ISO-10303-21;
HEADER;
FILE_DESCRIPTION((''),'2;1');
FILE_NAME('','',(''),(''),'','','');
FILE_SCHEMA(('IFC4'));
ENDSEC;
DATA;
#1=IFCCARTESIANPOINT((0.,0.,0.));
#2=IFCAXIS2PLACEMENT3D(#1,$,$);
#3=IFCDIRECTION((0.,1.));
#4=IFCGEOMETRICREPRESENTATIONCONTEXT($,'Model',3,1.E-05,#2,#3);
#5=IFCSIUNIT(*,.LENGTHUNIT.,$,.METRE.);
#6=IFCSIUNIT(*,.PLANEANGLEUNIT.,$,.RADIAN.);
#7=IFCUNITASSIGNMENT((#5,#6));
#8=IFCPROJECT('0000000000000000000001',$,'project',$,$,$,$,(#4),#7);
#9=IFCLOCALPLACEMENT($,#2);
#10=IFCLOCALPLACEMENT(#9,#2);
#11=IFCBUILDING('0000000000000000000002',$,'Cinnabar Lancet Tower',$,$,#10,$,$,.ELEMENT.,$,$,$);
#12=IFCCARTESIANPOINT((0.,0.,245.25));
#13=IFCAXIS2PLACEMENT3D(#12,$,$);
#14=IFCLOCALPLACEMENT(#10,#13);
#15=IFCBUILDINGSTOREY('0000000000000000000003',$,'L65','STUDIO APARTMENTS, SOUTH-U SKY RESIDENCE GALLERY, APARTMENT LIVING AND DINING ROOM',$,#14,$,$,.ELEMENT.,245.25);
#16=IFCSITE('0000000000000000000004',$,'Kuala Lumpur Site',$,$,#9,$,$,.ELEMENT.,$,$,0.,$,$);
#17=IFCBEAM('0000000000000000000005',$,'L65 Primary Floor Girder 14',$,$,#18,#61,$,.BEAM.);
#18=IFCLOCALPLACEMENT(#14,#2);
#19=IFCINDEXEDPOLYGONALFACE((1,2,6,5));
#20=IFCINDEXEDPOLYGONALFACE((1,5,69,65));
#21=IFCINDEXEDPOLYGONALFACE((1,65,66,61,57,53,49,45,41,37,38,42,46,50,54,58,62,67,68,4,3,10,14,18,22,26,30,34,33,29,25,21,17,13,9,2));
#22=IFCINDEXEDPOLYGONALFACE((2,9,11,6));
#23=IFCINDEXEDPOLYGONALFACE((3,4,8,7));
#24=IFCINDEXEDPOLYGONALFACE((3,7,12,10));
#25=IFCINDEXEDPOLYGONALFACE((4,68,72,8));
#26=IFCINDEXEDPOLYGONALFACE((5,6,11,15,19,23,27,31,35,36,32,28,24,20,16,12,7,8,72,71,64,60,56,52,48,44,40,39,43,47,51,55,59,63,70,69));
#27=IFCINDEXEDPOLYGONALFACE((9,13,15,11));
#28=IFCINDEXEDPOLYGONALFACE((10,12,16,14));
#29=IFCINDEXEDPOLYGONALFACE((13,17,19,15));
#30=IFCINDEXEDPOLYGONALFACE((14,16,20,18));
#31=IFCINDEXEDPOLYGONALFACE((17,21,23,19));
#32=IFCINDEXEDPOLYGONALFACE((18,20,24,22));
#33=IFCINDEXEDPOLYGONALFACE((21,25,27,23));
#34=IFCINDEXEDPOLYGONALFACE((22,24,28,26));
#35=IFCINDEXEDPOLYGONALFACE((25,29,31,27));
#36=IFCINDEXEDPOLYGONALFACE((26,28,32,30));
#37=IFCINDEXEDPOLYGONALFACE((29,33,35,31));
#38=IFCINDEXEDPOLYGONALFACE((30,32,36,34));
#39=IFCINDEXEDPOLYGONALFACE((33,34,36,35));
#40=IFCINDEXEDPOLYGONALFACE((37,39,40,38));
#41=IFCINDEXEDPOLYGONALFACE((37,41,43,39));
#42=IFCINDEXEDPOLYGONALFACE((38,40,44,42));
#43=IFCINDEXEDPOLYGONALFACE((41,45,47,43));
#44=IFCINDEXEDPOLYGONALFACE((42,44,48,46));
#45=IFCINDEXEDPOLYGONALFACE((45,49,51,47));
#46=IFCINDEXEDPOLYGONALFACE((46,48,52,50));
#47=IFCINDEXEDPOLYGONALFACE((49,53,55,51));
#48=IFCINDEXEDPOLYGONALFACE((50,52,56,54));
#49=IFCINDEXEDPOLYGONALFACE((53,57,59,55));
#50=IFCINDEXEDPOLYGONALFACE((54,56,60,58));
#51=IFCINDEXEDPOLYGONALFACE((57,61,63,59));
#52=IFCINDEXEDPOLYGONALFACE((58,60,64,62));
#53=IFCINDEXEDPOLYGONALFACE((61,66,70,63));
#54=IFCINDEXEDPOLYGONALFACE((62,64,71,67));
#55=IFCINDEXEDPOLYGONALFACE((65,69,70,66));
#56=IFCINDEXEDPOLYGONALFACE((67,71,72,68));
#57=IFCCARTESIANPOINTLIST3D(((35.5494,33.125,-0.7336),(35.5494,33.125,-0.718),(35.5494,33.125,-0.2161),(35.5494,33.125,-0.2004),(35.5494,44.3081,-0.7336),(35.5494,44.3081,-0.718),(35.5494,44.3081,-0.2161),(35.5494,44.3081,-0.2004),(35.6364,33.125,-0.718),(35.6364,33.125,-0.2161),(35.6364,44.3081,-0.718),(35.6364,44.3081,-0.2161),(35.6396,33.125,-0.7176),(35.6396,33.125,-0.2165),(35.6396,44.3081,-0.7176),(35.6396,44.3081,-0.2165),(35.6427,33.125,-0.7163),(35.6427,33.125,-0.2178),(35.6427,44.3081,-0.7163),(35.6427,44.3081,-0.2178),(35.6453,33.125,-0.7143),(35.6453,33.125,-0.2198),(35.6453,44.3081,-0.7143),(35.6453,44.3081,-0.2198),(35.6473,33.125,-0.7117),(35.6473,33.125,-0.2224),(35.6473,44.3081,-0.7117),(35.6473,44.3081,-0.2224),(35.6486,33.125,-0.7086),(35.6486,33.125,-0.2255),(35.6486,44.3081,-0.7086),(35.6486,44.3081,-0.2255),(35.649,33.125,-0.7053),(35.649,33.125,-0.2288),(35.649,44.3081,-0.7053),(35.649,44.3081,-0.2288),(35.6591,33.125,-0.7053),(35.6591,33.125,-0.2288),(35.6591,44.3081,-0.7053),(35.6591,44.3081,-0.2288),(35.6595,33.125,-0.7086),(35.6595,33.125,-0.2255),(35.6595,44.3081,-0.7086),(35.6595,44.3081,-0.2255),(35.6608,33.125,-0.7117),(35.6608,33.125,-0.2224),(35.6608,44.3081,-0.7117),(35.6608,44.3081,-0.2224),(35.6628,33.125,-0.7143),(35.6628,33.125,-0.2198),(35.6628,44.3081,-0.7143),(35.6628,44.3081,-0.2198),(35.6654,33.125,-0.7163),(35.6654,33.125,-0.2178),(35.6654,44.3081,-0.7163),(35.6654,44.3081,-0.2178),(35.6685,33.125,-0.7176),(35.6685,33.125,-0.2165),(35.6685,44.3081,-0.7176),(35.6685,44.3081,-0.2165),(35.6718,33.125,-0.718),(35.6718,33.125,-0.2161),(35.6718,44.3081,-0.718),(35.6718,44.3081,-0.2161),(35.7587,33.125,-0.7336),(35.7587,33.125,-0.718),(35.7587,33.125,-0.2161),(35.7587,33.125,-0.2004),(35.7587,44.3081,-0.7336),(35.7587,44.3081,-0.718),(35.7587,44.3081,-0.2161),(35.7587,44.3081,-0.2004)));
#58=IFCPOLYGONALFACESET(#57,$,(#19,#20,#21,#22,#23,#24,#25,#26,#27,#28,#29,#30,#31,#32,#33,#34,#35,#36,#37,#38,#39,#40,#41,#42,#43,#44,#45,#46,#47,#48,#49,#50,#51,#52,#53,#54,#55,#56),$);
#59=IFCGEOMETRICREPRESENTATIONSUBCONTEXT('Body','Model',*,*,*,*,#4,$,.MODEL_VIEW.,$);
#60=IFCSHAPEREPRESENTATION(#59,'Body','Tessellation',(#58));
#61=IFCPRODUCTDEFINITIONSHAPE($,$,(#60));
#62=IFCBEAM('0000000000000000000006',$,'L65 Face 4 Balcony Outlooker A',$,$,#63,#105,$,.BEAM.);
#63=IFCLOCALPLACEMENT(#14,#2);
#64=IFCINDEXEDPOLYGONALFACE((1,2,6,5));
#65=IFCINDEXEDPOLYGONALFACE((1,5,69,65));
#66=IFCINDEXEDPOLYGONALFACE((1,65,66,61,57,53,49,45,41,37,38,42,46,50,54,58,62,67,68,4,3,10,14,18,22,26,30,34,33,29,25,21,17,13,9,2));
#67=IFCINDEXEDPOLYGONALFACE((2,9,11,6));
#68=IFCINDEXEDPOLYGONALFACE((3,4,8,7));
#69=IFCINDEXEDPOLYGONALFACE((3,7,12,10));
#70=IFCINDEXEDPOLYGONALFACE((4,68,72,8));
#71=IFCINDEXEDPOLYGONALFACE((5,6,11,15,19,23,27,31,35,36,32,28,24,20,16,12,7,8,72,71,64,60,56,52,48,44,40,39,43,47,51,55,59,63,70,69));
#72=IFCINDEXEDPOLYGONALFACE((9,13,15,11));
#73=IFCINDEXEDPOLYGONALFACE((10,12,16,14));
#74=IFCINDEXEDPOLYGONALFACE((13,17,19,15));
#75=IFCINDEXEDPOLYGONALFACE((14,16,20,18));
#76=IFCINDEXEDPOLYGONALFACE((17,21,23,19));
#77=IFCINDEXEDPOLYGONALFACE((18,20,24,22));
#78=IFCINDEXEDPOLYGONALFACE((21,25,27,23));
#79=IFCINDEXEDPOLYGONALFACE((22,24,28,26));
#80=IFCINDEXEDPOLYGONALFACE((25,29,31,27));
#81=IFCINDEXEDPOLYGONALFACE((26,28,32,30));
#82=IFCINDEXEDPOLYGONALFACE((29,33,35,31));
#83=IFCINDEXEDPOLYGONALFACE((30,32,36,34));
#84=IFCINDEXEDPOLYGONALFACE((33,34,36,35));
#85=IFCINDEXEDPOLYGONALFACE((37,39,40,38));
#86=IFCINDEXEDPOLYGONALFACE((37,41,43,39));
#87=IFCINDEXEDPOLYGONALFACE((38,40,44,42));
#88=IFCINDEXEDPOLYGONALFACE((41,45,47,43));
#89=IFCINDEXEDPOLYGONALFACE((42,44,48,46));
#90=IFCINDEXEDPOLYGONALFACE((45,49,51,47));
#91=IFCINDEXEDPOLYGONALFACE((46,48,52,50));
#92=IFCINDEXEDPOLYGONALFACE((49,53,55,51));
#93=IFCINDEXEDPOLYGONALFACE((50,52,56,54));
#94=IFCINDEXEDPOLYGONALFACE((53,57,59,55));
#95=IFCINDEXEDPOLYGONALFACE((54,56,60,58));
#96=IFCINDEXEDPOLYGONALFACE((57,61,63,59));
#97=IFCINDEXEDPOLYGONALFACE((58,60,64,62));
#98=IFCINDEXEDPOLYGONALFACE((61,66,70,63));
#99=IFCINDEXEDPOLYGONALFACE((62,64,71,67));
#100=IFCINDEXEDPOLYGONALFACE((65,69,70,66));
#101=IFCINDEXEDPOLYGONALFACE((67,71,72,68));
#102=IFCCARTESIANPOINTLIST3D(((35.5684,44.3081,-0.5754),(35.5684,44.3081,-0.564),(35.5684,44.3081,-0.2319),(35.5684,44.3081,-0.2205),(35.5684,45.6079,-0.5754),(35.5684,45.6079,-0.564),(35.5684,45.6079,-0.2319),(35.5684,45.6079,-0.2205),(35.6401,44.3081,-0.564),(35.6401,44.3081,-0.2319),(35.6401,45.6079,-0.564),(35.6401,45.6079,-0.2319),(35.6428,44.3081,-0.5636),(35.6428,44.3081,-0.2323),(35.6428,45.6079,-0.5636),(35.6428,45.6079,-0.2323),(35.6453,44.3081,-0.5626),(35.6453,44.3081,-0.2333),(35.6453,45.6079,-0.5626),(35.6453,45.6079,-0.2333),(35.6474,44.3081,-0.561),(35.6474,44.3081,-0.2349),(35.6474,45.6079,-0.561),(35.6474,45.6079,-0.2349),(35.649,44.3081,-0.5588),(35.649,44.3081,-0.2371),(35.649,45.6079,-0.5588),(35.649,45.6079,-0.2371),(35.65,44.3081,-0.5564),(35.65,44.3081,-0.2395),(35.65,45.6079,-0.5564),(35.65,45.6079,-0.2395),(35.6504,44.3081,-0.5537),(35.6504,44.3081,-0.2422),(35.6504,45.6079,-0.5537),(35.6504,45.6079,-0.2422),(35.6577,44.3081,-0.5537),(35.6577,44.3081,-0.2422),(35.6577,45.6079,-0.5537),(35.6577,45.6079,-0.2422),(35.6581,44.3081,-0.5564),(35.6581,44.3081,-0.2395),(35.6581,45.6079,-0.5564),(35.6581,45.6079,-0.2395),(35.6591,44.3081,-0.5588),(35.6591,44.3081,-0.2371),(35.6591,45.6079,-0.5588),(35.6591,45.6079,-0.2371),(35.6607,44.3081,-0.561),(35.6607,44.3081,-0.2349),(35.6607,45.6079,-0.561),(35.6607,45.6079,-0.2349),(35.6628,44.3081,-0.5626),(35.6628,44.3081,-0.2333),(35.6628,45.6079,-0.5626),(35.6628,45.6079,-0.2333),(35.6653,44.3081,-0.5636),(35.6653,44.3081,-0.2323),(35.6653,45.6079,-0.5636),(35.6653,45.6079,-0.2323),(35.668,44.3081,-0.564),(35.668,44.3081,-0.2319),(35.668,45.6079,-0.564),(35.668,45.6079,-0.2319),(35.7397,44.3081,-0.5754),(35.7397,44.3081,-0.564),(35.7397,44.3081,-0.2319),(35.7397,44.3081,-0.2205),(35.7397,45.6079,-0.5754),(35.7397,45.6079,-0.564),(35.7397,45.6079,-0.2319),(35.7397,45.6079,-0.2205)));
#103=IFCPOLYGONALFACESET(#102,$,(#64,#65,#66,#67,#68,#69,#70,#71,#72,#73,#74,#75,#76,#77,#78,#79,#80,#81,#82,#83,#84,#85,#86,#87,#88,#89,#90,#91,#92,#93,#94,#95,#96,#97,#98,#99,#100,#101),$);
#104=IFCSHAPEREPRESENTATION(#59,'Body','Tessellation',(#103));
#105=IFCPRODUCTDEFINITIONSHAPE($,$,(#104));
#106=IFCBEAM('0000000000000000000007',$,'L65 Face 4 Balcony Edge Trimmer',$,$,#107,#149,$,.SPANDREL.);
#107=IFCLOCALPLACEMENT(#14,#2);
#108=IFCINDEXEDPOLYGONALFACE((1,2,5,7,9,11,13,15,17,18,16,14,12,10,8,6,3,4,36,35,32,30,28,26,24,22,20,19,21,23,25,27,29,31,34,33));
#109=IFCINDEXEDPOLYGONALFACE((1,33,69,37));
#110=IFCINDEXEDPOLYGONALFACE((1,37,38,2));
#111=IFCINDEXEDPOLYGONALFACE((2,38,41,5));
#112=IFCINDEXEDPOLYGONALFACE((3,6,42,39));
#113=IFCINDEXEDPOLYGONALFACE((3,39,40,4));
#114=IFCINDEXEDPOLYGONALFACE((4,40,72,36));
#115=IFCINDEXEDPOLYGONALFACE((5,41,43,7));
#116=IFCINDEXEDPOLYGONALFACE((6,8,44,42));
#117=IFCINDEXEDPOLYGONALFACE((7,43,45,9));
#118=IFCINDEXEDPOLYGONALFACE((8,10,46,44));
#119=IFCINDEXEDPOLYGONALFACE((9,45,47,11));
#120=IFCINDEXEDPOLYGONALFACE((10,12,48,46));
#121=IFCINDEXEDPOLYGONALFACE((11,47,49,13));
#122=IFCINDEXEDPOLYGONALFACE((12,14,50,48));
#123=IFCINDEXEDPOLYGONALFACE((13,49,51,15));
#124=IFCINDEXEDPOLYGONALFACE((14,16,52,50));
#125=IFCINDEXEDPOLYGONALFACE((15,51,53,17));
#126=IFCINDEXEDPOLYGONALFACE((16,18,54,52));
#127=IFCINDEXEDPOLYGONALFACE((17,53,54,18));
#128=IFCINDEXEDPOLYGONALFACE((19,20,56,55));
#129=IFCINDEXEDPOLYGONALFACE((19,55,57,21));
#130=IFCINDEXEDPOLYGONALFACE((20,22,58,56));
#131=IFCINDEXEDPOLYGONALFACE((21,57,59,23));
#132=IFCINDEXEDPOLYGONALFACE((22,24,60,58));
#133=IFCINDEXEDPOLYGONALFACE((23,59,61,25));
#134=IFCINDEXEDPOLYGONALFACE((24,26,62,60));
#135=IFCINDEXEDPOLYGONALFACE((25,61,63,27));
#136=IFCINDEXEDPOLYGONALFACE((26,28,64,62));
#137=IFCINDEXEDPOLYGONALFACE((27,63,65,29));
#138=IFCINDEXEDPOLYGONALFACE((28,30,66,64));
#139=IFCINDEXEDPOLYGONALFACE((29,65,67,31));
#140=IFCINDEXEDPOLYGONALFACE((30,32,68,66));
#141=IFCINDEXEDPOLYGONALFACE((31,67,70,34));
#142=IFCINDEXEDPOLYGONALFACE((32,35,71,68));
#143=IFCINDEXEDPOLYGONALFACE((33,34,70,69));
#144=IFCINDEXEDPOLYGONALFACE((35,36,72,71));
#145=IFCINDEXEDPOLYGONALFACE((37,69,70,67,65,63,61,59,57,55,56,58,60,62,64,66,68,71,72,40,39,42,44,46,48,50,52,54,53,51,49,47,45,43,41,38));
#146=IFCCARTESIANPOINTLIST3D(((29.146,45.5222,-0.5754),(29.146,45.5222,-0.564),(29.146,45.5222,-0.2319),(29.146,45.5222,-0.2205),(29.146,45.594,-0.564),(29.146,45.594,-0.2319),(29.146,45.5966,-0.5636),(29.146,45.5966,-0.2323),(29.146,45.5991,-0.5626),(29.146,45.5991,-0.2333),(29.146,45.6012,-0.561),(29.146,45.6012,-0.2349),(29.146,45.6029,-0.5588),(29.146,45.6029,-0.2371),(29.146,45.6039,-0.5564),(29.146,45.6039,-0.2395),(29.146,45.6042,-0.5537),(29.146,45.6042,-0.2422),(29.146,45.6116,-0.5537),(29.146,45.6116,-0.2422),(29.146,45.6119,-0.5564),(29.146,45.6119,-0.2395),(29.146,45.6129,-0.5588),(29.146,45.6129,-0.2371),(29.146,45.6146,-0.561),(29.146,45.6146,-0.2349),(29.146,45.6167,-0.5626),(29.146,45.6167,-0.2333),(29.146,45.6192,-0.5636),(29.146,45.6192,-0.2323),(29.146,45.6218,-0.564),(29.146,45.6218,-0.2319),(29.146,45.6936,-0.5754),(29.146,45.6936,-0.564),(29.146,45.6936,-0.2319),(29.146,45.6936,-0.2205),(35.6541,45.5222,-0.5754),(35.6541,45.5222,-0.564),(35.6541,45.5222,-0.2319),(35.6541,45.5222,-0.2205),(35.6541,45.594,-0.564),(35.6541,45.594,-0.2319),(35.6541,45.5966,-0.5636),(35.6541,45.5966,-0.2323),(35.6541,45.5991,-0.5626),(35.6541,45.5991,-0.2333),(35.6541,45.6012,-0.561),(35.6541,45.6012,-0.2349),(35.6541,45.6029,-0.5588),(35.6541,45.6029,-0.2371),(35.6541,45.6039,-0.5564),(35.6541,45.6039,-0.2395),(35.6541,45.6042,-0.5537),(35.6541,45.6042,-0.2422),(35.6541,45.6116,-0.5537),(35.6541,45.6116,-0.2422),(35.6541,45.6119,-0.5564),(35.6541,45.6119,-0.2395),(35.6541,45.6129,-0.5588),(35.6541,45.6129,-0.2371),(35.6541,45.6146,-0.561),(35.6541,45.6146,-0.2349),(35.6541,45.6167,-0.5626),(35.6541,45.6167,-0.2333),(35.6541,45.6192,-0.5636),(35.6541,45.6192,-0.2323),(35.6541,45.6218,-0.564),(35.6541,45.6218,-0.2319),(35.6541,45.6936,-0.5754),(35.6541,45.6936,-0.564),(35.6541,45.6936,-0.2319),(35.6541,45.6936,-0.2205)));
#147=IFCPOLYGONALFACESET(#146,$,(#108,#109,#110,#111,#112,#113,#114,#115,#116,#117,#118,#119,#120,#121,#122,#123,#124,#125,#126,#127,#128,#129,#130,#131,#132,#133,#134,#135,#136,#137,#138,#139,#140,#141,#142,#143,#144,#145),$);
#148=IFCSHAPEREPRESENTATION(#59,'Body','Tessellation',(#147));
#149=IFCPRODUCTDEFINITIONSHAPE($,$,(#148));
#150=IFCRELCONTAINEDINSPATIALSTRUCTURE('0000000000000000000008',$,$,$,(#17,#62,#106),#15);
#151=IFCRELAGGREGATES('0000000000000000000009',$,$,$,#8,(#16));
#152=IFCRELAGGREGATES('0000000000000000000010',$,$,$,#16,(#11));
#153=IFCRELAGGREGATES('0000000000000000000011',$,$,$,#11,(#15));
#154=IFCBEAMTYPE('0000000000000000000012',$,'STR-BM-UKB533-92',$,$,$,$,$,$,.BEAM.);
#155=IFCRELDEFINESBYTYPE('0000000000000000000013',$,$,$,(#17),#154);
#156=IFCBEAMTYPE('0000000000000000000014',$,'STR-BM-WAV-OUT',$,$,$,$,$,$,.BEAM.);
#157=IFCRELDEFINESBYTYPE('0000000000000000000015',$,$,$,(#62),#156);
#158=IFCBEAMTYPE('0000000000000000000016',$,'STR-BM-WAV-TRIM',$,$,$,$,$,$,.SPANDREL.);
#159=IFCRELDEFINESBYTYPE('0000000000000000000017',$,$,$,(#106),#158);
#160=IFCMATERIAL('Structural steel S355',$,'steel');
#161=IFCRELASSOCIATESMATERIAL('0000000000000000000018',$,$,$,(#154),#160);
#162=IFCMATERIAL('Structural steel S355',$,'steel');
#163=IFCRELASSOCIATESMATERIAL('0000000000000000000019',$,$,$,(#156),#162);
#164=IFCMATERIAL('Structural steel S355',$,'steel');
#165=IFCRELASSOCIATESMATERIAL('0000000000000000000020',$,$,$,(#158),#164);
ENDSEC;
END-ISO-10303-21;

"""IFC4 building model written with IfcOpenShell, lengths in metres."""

from ifc_helpers import new_model, si_unit, direction, frame, origin, origin_2d, place, context, subcontext, project, spatial, i_section, extrude, material, material_profile, profile_set, type_object, element, save


model = new_model("IFC4")

# Units and contexts
model_context = context("Model", 3, precision=1e-05, world=origin(), true_north=direction((0.0, 1.0)))
body_context = subcontext(model_context, "Body", "Model", "MODEL_VIEW")
ifc_project = project(units=[si_unit("LENGTHUNIT", "METRE"), si_unit("PLANEANGLEUNIT", "RADIAN")], contexts=[model_context])

# Site, building, storey
site_placement = place(None, origin())
site = spatial("IfcSite", under=ifc_project, at=site_placement, Name="Kuala Lumpur Site", CompositionType="ELEMENT", RefElevation=0.0)
building_placement = place(site_placement, origin())
building = spatial("IfcBuilding", under=site, at=building_placement, Name="Cinnabar Lancet Tower", CompositionType="ELEMENT")
storey_placement = place(building_placement, frame((0.0, 0.0, 245.25)))
storey = spatial("IfcBuildingStorey", under=building, at=storey_placement, Name="L65", Description="STUDIO APARTMENTS, SOUTH-U SKY RESIDENCE GALLERY, APARTMENT LIVING AND DINING ROOM", CompositionType="ELEMENT", Elevation=245.25)

# Beams
ifc_material_1 = material(Name="Structural steel S355", Category="steel")
ifc_material_profile_1 = material_profile(ifc_material_1, i_section(OverallWidth=0.2092, OverallDepth=0.5332, WebThickness=0.01, FlangeThickness=0.0156, FilletRadius=0.0127, at=origin_2d()), Name="UKB 533x210x92")
ifc_profile_set_1 = profile_set([ifc_material_profile_1], Name="Structural steel S355")
beam_type_1 = type_object("IfcBeamType", Name="STR-BM-UKB533-92", PredefinedType="BEAM", material=ifc_profile_set_1)
beam_1_placement = place(storey_placement, frame((35.6541, 44.3081, -0.467), z_axis=(0.0, -1.0, 0.0), x_axis=(1.0, 0.0, 0.0)))
element("IfcBeam", 1, at=beam_1_placement, inside=storey, type_object=beam_type_1, Name="L65 Primary Floor Girder 14", PredefinedType="BEAM", context=body_context, shape_type="SweptSolid", body=[
    extrude(i_section(OverallWidth=0.2092, OverallDepth=0.5332, WebThickness=0.01, FlangeThickness=0.0156, FilletRadius=0.0127, at=origin_2d()), origin(), (0.0, 0.0, 1.0), 11.1831),
])
ifc_material_2 = material(Name="Structural steel S355", Category="steel")
ifc_material_profile_2 = material_profile(ifc_material_2, i_section(OverallWidth=0.1714, OverallDepth=0.355, WebThickness=0.0073, FlangeThickness=0.0115, FilletRadius=0.0103, at=origin_2d()), Name="UKB 356x171x51")
ifc_profile_set_2 = profile_set([ifc_material_profile_2], Name="Structural steel S355")
beam_type_2 = type_object("IfcBeamType", Name="STR-BM-WAV-OUT", PredefinedType="BEAM", material=ifc_profile_set_2)
beam_2_placement = place(storey_placement, frame((35.6541, 44.3081, -0.3979), z_axis=(0.0, 1.0, 0.0), x_axis=(-1.0, 0.0, 0.0)))
element("IfcBeam", 2, at=beam_2_placement, inside=storey, type_object=beam_type_2, Name="L65 Face 4 Balcony Outlooker A", PredefinedType="BEAM", context=body_context, shape_type="SweptSolid", body=[
    extrude(i_section(OverallWidth=0.1714, OverallDepth=0.355, WebThickness=0.0073, FlangeThickness=0.0115, FilletRadius=0.0103, at=origin_2d()), origin(), (0.0, 0.0, 1.0), 1.2998),
])
ifc_material_3 = material(Name="Structural steel S355", Category="steel")
ifc_material_profile_3 = material_profile(ifc_material_3, i_section(OverallWidth=0.1714, OverallDepth=0.355, WebThickness=0.0073, FlangeThickness=0.0115, FilletRadius=0.0103, at=origin_2d()), Name="UKB 356x171x51")
ifc_profile_set_3 = profile_set([ifc_material_profile_3], Name="Structural steel S355")
beam_type_3 = type_object("IfcBeamType", Name="STR-BM-WAV-TRIM", PredefinedType="SPANDREL", material=ifc_profile_set_3)
beam_3_placement = place(storey_placement, frame((35.6541, 45.6079, -0.3979), z_axis=(-1.0, 0.0, 0.0), x_axis=(0.0, -1.0, 0.0)))
element("IfcBeam", 3, at=beam_3_placement, inside=storey, type_object=beam_type_3, Name="L65 Face 4 Balcony Edge Trimmer", PredefinedType="SPANDREL", context=body_context, shape_type="SweptSolid", body=[
    extrude(i_section(OverallWidth=0.1714, OverallDepth=0.355, WebThickness=0.0073, FlangeThickness=0.0115, FilletRadius=0.0103, at=origin_2d()), origin(), (0.0, 0.0, 1.0), 6.5081),
])

save(model, "model.ifc")
